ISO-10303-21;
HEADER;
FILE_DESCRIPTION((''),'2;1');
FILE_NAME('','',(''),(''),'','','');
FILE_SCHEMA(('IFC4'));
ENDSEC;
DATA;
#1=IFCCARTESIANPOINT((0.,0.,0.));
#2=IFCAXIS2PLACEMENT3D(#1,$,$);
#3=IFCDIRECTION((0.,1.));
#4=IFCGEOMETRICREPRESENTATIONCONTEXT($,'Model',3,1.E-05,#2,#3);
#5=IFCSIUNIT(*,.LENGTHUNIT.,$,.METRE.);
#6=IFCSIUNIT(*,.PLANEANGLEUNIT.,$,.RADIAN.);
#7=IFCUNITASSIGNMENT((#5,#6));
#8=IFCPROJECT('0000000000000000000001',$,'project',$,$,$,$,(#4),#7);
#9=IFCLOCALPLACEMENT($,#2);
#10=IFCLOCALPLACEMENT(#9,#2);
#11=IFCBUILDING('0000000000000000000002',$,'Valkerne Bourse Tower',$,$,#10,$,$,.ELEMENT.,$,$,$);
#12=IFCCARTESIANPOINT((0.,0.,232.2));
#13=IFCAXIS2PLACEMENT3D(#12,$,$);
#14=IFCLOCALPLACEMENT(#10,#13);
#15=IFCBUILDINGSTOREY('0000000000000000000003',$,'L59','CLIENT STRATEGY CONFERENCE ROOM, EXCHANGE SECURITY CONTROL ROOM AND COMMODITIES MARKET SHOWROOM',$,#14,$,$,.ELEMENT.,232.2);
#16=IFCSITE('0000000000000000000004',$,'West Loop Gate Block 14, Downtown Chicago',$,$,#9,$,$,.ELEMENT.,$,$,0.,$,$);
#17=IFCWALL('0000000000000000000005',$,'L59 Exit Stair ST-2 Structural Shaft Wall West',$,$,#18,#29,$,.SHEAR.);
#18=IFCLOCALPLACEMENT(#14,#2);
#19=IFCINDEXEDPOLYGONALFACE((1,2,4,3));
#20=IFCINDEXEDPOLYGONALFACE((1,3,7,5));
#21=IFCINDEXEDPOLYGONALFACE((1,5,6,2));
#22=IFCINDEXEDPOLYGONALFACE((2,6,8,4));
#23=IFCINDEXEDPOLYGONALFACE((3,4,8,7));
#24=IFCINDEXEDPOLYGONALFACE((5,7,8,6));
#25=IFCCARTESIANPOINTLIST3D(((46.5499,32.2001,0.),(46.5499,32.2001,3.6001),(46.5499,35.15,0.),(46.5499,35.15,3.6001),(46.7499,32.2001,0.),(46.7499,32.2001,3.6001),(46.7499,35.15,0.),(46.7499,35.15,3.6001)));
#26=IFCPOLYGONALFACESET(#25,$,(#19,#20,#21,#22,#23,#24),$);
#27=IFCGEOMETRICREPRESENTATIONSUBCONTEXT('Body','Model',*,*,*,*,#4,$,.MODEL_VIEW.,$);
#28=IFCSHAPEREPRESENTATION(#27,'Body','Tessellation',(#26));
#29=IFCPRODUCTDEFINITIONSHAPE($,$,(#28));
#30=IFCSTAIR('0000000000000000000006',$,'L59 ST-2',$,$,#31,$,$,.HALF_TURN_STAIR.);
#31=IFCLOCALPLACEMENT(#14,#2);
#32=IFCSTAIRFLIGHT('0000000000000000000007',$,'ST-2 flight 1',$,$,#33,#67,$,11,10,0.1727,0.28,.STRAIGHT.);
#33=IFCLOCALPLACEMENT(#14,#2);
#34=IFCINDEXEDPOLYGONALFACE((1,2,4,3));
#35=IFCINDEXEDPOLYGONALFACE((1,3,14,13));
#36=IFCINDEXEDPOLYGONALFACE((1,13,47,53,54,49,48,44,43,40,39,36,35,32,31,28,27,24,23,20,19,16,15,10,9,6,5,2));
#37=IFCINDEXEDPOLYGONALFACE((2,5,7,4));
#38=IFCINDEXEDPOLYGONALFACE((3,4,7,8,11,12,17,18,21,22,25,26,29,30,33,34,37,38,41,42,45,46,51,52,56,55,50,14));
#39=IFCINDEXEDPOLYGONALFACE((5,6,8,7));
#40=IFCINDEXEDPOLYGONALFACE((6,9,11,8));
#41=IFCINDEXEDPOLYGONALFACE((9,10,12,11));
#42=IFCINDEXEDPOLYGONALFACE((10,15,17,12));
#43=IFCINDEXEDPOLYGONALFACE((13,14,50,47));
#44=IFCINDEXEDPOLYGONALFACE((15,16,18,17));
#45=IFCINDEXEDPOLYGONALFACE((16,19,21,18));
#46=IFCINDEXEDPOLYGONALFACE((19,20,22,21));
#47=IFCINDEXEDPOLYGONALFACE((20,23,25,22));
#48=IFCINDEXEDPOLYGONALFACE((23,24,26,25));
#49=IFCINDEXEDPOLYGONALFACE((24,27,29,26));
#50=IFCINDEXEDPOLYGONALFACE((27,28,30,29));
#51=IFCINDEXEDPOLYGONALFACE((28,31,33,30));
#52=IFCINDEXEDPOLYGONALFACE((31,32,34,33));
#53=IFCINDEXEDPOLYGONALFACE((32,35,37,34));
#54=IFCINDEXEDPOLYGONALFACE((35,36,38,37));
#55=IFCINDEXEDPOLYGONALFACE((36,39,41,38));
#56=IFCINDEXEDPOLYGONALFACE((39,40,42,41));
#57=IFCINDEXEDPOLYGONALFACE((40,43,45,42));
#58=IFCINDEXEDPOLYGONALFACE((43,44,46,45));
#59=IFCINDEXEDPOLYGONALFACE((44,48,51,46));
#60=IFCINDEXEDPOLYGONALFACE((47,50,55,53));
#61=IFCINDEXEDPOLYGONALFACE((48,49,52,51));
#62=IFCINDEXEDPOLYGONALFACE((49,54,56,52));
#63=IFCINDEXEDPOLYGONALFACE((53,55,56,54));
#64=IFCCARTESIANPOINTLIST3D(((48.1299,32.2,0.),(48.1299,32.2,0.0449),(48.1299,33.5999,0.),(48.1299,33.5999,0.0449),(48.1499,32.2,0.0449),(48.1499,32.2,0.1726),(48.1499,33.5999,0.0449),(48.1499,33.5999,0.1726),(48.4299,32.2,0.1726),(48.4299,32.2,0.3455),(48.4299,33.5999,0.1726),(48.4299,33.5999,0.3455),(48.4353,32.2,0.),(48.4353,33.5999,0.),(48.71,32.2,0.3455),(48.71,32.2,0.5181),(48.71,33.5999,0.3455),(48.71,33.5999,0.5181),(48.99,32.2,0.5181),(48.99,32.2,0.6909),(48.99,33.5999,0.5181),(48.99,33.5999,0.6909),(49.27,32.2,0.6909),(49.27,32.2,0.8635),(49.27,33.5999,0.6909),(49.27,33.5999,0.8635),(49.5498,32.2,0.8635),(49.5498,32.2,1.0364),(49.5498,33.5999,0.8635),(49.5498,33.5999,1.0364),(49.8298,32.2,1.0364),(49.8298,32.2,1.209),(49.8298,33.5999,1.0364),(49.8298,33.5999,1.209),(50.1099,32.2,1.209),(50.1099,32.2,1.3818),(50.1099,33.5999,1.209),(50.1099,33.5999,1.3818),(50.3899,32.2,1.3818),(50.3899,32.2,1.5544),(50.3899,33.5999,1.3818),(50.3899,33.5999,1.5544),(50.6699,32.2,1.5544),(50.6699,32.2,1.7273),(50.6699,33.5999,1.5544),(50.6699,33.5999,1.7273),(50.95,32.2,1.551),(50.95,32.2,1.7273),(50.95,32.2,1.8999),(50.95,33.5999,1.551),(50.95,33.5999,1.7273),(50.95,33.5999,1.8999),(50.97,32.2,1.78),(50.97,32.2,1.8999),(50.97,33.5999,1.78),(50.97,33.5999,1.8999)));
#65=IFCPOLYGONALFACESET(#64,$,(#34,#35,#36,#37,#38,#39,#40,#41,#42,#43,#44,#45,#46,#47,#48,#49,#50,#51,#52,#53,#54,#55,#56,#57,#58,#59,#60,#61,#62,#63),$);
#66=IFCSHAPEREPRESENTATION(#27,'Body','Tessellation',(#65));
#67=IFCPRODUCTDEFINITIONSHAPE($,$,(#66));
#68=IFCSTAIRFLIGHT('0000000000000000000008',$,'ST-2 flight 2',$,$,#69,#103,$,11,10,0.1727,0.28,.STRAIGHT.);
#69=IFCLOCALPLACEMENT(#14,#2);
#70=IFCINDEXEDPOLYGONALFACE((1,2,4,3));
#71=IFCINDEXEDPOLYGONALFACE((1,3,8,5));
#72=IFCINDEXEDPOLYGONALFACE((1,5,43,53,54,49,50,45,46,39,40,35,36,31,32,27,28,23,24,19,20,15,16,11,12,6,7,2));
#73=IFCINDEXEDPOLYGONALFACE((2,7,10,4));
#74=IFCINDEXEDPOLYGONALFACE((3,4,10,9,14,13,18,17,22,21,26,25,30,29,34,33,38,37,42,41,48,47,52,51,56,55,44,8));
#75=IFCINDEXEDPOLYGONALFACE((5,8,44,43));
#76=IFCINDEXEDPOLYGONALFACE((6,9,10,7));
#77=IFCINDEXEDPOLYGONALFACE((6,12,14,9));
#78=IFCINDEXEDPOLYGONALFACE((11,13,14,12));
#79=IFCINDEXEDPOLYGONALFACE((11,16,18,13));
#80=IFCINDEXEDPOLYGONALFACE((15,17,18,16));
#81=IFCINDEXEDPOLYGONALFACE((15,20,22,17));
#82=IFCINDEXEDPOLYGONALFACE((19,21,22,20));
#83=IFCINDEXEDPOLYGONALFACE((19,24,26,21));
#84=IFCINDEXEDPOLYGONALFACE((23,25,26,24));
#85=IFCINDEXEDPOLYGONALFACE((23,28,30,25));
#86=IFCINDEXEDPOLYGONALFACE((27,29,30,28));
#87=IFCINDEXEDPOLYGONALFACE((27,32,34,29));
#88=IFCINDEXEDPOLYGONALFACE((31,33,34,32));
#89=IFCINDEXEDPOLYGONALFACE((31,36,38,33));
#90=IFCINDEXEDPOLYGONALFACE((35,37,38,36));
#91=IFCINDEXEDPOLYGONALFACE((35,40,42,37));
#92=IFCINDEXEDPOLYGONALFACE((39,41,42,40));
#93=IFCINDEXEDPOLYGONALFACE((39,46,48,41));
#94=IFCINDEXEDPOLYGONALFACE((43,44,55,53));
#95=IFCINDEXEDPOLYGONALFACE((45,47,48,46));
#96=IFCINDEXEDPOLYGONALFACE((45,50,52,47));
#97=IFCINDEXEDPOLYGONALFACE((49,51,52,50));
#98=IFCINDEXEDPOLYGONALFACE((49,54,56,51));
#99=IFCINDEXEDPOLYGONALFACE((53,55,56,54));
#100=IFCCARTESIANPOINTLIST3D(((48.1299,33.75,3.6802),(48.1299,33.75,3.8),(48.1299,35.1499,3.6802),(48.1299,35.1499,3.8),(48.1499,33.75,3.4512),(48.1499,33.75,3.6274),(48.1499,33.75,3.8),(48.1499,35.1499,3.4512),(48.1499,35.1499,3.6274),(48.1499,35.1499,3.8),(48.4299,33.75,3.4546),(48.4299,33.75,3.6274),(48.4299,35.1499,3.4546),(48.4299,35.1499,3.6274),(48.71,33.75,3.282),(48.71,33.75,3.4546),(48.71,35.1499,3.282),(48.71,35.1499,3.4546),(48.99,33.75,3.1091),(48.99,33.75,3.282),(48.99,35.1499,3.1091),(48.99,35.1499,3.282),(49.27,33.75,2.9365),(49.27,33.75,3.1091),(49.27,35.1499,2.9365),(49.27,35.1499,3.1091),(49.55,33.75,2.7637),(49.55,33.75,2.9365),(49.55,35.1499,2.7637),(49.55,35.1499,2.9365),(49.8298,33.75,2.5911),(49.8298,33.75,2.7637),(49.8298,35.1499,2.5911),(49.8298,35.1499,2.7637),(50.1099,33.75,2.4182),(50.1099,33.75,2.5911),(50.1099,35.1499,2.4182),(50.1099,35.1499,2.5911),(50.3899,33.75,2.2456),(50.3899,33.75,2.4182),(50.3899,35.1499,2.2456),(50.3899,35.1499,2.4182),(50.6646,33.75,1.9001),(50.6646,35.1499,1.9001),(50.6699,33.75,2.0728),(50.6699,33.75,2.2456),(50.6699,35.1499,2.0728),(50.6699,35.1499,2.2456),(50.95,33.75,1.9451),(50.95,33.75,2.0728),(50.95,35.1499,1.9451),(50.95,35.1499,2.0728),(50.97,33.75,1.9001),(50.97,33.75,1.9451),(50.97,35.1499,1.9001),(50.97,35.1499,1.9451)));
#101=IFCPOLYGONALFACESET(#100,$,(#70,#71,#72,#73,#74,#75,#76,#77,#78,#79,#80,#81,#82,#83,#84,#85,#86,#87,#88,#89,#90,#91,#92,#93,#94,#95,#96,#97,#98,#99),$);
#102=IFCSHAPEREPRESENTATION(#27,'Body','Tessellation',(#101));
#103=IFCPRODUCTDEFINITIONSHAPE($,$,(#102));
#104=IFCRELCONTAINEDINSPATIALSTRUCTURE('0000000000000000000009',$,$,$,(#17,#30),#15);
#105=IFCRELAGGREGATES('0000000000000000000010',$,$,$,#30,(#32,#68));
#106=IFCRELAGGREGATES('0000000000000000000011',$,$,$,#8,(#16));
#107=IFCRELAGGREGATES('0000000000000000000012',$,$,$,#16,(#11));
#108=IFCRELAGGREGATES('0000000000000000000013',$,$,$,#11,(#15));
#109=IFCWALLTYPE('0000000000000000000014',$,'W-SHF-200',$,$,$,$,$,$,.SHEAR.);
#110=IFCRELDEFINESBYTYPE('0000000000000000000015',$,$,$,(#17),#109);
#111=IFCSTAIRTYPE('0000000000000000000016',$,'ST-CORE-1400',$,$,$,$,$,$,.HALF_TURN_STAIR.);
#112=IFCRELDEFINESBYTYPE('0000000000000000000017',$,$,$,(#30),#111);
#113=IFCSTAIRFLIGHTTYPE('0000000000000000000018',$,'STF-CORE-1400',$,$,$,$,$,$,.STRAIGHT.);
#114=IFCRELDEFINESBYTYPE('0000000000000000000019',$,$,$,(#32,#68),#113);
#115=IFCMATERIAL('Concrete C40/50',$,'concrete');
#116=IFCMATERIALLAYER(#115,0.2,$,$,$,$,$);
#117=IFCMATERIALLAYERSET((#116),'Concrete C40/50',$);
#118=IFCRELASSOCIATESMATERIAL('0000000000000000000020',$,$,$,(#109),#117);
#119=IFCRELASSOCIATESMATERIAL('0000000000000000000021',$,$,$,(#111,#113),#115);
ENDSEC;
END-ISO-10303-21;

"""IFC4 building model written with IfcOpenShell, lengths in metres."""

from ifc_helpers import new_model, si_unit, direction, frame, frame_2d, origin, place, context, subcontext, project, spatial, polyline, rectangle, outline, extrude, material, layer, layer_set, type_object, element, aggregate, save


model = new_model("IFC4")

# Units and contexts
model_context = context("Model", 3, precision=1e-05, world=origin(), true_north=direction((0.0, 1.0)))
body_context = subcontext(model_context, "Body", "Model", "MODEL_VIEW")
ifc_project = project(units=[si_unit("LENGTHUNIT", "METRE"), si_unit("PLANEANGLEUNIT", "RADIAN")], contexts=[model_context])

# Site, building, storey
site_placement = place(None, origin())
site = spatial("IfcSite", under=ifc_project, at=site_placement, Name="West Loop Gate Block 14, Downtown Chicago", CompositionType="ELEMENT", RefElevation=0.0)
building_placement = place(site_placement, origin())
building = spatial("IfcBuilding", under=site, at=building_placement, Name="Valkerne Bourse Tower", CompositionType="ELEMENT")
storey_placement = place(building_placement, frame((0.0, 0.0, 232.2)))
storey = spatial("IfcBuildingStorey", under=building, at=storey_placement, Name="L59", Description="CLIENT STRATEGY CONFERENCE ROOM, EXCHANGE SECURITY CONTROL ROOM AND COMMODITIES MARKET SHOWROOM", CompositionType="ELEMENT", Elevation=232.2)

# Shared definitions
ifc_material_1 = material(Name="Concrete C40/50", Category="concrete")
ifc_layer_1 = layer(ifc_material_1, 0.2)
ifc_layer_set_1 = layer_set([ifc_layer_1], Name="Concrete C40/50")
wall_type_1 = type_object("IfcWallType", Name="W-SHF-200", PredefinedType="SHEAR", material=ifc_layer_set_1)

# Wall
wall_1_placement = place(storey_placement, frame((46.6499, 32.2, 0.0), z_axis=(0.0, 0.0, 1.0), x_axis=(0.0, 1.0, 0.0)))
element("IfcWall", 1, at=wall_1_placement, inside=storey, type_object=wall_type_1, Name="L59 Exit Stair ST-2 Structural Shaft Wall West", PredefinedType="SHEAR", context=body_context, shape_type="SweptSolid", body=[
    extrude(rectangle(XDim=2.95, YDim=0.2, at=frame_2d((1.4751, 0.0))), origin(), (0.0, 0.0, 1.0), 3.6001),
])

# Stair, stair flights
stair_type = type_object("IfcStairType", Name="ST-CORE-1400", PredefinedType="HALF_TURN_STAIR", material=ifc_material_1)
stair_placement = place(storey_placement, origin())
stair = element("IfcStair", 2, at=stair_placement, inside=storey, type_object=stair_type, Name="L59 ST-2", PredefinedType="HALF_TURN_STAIR")
stair_flight_type = type_object("IfcStairFlightType", Name="STF-CORE-1400", PredefinedType="STRAIGHT", material=ifc_material_1)
stair_flight_1_placement = place(storey_placement, frame((48.1499, 32.8999, 0.0), z_axis=(0.0, 0.0, 1.0), x_axis=(1.0, 0.0, 0.0)))
stair_flight_1 = element("IfcStairFlight", 3, at=stair_flight_1_placement, type_object=stair_flight_type, Name="ST-2 flight 1", NumberOfRisers=11, NumberOfTreads=10, PredefinedType="STRAIGHT", RiserHeight=0.1727, TreadLength=0.28, context=body_context, shape_type="SweptSolid", body=[
    extrude(outline(polyline([(-0.02, 0.0), (-0.02, 0.0449), (0.0, 0.0449), (0.0, 0.1726), (0.28, 0.1726), (0.28, 0.3455), (0.5601, 0.3455), (0.5601, 0.5181), (0.8401, 0.5181), (0.8401, 0.6909), (1.1201, 0.6909), (1.1201, 0.8635), (1.3999, 0.8635), (1.3999, 1.0364), (1.6799, 1.0364), (1.6799, 1.209), (1.96, 1.209), (1.96, 1.3818), (2.24, 1.3818), (2.24, 1.5544), (2.52, 1.5544), (2.52, 1.7273), (2.8, 1.7273), (2.8, 1.8999), (2.8201, 1.8999), (2.8201, 1.78), (2.8, 1.551), (0.2854, 0.0), (-0.02, 0.0)])), frame((0.0, 0.7, 0.0), z_axis=(0.0, -1.0, 0.0), x_axis=(1.0, 0.0, 0.0)), (0.0, 0.0, 1.0), 1.3999),
])
stair_flight_2_placement = place(storey_placement, frame((50.95, 34.45, 1.9001), z_axis=(0.0, 0.0, 1.0), x_axis=(-1.0, 0.0, 0.0)))
stair_flight_2 = element("IfcStairFlight", 4, at=stair_flight_2_placement, type_object=stair_flight_type, Name="ST-2 flight 2", NumberOfRisers=11, NumberOfTreads=10, PredefinedType="STRAIGHT", RiserHeight=0.1727, TreadLength=0.28, context=body_context, shape_type="SweptSolid", body=[
    extrude(outline(polyline([(-0.02, 0.0), (-0.02, 0.0449), (0.0, 0.0449), (0.0, 0.1726), (0.28, 0.1726), (0.28, 0.3455), (0.5601, 0.3455), (0.5601, 0.5181), (0.8401, 0.5181), (0.8401, 0.6909), (1.1201, 0.6909), (1.1201, 0.8635), (1.3999, 0.8635), (1.3999, 1.0364), (1.6799, 1.0364), (1.6799, 1.209), (1.96, 1.209), (1.96, 1.3818), (2.24, 1.3818), (2.24, 1.5544), (2.52, 1.5544), (2.52, 1.7273), (2.8, 1.7273), (2.8, 1.8999), (2.8201, 1.8999), (2.8201, 1.78), (2.8, 1.551), (0.2854, 0.0), (-0.02, 0.0)])), frame((0.0, 0.7, 0.0), z_axis=(0.0, -1.0, 0.0), x_axis=(1.0, 0.0, 0.0)), (0.0, 0.0, 1.0), 1.3999),
])
aggregate(stair, [stair_flight_1, stair_flight_2])

save(model, "model.ifc")
